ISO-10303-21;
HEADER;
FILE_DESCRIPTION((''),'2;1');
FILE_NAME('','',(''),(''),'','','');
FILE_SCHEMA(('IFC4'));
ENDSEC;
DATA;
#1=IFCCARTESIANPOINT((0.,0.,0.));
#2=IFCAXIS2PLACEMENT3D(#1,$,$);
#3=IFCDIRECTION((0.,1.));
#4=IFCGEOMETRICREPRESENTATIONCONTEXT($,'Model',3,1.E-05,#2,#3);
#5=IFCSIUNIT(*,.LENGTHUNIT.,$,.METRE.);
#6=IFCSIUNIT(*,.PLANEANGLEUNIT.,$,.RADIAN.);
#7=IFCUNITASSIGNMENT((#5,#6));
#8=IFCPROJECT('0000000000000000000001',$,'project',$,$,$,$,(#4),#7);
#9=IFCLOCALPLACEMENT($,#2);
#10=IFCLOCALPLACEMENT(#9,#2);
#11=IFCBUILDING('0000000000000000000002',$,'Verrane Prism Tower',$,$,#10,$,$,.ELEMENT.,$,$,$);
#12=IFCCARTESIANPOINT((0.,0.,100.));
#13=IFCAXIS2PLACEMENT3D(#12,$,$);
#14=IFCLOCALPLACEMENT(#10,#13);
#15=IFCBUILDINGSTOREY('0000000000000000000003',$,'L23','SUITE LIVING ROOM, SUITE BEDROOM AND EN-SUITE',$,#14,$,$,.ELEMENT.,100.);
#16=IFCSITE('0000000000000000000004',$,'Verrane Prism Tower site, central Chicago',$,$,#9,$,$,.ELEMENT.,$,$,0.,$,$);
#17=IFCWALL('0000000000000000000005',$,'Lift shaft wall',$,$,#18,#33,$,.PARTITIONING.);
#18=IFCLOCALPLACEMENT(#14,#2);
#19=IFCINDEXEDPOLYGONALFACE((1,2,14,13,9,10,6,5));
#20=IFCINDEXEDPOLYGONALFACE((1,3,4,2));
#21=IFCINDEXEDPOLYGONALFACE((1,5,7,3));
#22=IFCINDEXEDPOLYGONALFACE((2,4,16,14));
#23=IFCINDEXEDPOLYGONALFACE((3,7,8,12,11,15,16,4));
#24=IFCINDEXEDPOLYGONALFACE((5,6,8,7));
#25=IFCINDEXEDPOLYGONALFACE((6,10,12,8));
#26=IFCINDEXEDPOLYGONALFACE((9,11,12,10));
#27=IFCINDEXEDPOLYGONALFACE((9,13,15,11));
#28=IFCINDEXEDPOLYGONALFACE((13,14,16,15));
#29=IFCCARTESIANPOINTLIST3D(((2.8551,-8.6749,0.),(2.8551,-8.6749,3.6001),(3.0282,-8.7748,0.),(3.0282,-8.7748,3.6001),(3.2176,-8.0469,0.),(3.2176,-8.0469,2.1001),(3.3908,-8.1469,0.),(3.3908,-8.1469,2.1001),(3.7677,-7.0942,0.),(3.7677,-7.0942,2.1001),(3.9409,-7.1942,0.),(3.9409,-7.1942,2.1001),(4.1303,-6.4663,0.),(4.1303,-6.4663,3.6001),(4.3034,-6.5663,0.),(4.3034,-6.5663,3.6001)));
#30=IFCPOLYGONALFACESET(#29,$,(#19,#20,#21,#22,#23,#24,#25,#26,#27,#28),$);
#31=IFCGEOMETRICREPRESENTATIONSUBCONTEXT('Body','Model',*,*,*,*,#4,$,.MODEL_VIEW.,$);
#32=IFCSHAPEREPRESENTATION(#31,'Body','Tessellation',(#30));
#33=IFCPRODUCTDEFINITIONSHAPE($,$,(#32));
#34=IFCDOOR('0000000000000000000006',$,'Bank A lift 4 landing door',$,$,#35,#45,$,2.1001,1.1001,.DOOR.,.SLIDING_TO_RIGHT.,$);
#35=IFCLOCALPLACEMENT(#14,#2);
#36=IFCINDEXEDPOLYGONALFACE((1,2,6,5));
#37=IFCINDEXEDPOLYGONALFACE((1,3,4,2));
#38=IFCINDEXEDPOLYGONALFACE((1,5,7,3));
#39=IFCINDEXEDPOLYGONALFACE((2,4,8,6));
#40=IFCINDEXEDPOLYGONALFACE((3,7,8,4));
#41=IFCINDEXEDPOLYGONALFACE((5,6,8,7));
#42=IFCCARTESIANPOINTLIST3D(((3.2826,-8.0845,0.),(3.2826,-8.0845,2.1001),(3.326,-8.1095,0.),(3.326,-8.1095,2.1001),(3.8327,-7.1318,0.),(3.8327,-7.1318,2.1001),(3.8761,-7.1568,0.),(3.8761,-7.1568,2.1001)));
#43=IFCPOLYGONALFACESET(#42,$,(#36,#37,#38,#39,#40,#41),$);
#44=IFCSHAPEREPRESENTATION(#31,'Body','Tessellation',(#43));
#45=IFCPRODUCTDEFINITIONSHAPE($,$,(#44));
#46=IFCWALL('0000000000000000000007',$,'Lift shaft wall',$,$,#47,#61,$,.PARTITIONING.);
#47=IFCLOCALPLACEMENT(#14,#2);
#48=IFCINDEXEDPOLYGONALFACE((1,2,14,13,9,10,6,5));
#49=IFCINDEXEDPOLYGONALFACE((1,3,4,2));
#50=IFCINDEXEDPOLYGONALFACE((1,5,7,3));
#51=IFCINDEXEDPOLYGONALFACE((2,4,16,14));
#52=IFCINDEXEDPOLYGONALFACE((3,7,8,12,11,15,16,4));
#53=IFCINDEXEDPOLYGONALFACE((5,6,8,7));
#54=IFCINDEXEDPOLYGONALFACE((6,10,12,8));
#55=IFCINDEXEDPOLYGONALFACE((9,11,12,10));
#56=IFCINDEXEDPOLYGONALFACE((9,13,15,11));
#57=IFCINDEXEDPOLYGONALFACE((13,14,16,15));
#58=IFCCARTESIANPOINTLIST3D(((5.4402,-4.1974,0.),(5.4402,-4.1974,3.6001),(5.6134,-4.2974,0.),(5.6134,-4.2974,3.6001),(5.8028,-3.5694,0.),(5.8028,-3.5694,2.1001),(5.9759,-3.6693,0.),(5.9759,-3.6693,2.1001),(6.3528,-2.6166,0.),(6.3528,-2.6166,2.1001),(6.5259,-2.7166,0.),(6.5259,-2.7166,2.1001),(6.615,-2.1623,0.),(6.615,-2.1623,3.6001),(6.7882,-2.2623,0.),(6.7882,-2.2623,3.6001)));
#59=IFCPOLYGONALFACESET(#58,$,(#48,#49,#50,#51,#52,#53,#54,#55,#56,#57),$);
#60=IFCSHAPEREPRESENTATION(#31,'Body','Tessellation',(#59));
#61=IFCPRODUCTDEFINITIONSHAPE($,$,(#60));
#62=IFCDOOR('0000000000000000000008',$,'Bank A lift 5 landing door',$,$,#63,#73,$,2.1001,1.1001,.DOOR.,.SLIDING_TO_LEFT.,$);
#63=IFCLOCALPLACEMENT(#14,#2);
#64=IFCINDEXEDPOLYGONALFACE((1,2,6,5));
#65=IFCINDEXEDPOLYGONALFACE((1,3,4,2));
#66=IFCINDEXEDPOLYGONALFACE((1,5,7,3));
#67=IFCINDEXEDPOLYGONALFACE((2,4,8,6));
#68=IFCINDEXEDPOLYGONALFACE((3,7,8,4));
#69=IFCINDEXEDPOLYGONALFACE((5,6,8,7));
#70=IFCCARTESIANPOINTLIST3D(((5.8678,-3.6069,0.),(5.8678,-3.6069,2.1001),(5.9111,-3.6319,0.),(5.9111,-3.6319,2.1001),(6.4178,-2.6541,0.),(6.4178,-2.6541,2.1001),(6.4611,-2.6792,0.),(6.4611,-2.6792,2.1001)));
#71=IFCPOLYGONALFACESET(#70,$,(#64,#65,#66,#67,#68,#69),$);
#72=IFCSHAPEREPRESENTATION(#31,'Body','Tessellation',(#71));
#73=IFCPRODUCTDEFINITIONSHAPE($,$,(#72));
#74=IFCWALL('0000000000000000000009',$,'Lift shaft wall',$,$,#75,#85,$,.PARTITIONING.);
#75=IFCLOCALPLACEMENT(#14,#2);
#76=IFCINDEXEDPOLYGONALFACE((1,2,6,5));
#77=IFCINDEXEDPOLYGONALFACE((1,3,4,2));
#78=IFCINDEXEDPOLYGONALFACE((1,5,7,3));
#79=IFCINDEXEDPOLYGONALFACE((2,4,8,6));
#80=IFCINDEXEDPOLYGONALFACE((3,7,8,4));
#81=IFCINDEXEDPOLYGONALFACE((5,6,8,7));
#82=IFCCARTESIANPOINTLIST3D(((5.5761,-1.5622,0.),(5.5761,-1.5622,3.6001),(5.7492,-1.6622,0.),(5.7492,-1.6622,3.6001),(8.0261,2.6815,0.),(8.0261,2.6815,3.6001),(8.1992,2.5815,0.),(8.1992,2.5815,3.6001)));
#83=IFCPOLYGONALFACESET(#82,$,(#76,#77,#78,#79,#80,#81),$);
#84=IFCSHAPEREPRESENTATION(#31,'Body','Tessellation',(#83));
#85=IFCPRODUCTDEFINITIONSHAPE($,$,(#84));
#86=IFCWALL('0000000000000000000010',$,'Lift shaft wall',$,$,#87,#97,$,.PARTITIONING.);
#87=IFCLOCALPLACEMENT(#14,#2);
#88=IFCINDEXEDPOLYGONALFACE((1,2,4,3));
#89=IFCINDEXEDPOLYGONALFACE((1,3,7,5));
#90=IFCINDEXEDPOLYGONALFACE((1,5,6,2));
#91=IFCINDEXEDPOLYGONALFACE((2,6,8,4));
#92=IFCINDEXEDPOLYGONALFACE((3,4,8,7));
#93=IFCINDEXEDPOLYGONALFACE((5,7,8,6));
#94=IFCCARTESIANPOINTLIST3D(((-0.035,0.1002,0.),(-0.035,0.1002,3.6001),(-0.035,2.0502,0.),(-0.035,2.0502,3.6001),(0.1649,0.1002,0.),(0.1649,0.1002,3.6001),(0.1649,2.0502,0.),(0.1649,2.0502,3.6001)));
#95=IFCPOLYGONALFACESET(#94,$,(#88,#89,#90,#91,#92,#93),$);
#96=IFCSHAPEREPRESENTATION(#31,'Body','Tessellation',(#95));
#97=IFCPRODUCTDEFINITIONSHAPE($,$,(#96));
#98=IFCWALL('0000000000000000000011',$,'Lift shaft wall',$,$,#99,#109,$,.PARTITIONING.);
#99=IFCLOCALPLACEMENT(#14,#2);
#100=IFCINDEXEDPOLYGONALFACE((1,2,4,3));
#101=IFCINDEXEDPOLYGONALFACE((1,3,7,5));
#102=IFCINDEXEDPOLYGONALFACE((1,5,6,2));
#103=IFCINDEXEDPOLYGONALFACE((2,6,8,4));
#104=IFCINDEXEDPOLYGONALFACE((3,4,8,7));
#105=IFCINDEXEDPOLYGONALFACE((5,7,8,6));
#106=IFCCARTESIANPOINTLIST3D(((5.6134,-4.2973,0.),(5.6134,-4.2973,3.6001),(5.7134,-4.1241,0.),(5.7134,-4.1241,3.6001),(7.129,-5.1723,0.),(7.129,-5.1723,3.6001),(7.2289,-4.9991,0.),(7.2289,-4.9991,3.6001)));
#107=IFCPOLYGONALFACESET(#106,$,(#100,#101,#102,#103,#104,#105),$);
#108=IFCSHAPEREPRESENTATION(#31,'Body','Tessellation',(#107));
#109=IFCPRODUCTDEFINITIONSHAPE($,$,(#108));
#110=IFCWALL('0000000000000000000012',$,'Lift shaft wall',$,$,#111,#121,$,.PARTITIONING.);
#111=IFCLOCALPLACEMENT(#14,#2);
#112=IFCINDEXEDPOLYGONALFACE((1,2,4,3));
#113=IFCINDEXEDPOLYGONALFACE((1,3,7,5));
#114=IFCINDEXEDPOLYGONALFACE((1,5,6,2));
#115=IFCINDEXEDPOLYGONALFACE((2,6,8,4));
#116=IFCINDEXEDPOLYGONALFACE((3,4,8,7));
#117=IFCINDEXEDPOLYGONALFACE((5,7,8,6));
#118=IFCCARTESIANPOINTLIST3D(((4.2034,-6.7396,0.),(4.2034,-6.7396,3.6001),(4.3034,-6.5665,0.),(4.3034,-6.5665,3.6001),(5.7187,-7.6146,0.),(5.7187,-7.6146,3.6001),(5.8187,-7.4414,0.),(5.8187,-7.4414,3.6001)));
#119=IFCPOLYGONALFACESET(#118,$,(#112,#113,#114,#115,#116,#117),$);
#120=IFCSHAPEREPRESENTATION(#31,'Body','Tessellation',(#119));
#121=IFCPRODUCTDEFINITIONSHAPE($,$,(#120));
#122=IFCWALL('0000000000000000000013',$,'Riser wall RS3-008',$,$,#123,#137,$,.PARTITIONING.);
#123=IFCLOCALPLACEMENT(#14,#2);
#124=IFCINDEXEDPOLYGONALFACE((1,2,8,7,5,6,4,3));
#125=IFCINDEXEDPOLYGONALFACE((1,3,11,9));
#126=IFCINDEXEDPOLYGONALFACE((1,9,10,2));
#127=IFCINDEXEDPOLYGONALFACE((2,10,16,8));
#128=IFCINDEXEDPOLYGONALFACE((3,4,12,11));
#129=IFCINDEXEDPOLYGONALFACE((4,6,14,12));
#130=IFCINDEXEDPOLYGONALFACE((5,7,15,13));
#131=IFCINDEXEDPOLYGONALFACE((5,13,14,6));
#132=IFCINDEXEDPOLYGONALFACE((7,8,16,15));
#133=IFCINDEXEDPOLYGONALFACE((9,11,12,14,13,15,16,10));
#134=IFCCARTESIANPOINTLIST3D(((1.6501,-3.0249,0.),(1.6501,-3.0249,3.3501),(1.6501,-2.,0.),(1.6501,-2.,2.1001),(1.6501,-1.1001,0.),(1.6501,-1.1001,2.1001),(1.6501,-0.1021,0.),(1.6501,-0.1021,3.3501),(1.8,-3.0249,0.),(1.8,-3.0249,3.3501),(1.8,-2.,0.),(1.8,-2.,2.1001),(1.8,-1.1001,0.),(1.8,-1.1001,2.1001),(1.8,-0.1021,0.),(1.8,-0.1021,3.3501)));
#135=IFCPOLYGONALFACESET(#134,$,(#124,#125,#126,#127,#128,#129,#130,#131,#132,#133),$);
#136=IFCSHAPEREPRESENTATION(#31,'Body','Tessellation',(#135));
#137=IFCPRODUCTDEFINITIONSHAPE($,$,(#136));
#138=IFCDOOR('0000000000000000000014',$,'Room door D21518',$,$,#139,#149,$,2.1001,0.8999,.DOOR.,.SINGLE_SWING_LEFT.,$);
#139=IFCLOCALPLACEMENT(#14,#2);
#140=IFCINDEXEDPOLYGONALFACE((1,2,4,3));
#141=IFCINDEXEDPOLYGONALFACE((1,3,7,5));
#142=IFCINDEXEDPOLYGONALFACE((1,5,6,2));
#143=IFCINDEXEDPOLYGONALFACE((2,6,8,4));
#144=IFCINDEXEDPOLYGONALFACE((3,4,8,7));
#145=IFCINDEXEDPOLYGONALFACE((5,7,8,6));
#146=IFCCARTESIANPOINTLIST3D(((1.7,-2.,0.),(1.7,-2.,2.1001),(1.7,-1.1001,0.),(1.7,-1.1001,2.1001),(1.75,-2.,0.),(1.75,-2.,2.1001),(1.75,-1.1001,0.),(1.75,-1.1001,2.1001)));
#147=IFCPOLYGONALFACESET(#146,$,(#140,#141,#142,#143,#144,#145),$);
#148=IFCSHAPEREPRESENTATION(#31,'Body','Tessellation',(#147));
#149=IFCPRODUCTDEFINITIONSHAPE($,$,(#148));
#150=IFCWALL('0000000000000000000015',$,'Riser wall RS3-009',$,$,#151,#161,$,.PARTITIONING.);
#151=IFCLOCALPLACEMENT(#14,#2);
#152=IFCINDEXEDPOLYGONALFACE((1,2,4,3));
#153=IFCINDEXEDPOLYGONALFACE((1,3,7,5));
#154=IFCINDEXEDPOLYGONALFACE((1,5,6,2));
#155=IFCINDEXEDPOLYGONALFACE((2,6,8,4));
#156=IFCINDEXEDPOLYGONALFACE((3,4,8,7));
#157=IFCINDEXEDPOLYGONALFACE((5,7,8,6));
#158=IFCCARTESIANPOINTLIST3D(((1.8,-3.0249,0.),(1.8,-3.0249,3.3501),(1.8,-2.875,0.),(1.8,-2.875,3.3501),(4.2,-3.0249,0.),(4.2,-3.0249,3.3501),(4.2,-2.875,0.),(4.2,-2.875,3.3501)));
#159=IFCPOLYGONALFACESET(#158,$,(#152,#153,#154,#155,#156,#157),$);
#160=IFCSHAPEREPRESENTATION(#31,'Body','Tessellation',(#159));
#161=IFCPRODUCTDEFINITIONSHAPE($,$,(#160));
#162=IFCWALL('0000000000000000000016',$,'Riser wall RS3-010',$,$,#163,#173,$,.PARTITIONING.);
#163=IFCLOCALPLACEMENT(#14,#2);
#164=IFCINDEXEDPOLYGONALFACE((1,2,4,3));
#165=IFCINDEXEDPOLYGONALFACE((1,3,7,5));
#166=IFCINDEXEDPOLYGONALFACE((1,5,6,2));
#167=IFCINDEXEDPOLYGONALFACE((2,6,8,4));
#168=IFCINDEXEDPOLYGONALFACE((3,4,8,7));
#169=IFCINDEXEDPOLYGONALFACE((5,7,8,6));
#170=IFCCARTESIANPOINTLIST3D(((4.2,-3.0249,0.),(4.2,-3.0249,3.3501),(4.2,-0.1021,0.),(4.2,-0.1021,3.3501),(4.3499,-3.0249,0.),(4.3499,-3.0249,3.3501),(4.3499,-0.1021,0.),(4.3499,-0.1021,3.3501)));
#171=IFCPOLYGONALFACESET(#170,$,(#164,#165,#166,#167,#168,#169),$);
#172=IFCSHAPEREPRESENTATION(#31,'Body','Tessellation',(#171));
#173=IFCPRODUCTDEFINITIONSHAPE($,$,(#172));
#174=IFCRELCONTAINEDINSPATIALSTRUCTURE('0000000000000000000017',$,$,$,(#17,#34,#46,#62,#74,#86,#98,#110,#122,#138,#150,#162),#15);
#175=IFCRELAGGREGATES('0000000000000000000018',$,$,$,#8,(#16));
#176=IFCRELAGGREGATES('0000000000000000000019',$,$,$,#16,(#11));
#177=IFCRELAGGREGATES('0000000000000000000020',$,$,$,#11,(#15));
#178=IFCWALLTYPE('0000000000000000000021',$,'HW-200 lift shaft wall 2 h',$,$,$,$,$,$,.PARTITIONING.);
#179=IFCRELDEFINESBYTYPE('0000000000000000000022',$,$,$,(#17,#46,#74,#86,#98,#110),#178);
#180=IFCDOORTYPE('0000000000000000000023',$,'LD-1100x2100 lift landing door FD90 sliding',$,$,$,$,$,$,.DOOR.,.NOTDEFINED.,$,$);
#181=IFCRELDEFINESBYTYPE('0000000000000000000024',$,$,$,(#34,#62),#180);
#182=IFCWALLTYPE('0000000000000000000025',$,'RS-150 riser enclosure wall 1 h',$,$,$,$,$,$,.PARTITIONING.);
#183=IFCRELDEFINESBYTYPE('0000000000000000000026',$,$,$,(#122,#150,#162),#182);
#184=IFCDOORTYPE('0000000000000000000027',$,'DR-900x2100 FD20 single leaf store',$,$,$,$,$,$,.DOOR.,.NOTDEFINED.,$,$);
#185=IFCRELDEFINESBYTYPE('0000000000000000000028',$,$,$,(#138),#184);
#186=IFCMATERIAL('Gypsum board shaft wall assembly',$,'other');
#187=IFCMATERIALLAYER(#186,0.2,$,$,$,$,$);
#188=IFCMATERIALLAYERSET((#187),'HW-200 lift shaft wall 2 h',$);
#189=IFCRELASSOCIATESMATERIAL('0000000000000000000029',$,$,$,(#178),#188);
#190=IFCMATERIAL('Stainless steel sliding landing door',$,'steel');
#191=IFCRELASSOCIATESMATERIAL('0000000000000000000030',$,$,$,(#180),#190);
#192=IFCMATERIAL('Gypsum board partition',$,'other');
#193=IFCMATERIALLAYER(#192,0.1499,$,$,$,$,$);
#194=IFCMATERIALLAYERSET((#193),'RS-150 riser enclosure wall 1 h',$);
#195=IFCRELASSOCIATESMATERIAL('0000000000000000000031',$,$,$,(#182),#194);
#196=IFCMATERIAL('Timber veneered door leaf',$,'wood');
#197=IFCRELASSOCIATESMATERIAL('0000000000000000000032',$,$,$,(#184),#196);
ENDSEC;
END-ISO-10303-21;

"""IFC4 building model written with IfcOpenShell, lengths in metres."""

from ifc_helpers import new_model, si_unit, direction, frame, frame_2d, origin, place, context, subcontext, project, spatial, rectangle, extrude, material, layer, layer_set, type_object, element, fill, save


model = new_model("IFC4")

# Units and contexts
model_context = context("Model", 3, precision=1e-05, world=origin(), true_north=direction((0.0, 1.0)))
body_context = subcontext(model_context, "Body", "Model", "MODEL_VIEW")
ifc_project = project(units=[si_unit("LENGTHUNIT", "METRE"), si_unit("PLANEANGLEUNIT", "RADIAN")], contexts=[model_context])

# Site, building, storey
site_placement = place(None, origin())
site = spatial("IfcSite", under=ifc_project, at=site_placement, Name="Verrane Prism Tower site, central Chicago", CompositionType="ELEMENT", RefElevation=0.0)
building_placement = place(site_placement, origin())
building = spatial("IfcBuilding", under=site, at=building_placement, Name="Verrane Prism Tower", CompositionType="ELEMENT")
storey_placement = place(building_placement, frame((0.0, 0.0, 100.0)))
storey = spatial("IfcBuildingStorey", under=building, at=storey_placement, Name="L23", Description="SUITE LIVING ROOM, SUITE BEDROOM AND EN-SUITE", CompositionType="ELEMENT", Elevation=100.0)

# Shared definitions
ifc_material_1 = material(Name="Gypsum board shaft wall assembly", Category="other")
ifc_layer_1 = layer(ifc_material_1, 0.2)
ifc_layer_set_1 = layer_set([ifc_layer_1], Name="HW-200 lift shaft wall 2 h")
wall_type_1 = type_object("IfcWallType", Name="HW-200 lift shaft wall 2 h", PredefinedType="PARTITIONING", material=ifc_layer_set_1)

# Walls, openings, doors
wall_1_placement = place(storey_placement, frame((2.9417, -8.7249, 0.0), z_axis=(0.0, 0.0, 1.0), x_axis=(0.500021, 0.866013, 0.0)))
wall_1 = element("IfcWall", 1, at=wall_1_placement, inside=storey, type_object=wall_type_1, Name="Lift shaft wall", PredefinedType="PARTITIONING", context=body_context, shape_type="SweptSolid", body=[
    extrude(rectangle(XDim=2.5503, YDim=0.2, at=frame_2d((1.2751, 0.0))), origin(), (0.0, 0.0, 1.0), 3.6001),
])
opening_1_placement = place(wall_1_placement, frame((0.7251, 0.0, 0.0)))
opening_1 = element("IfcOpeningElement", 2, at=opening_1_placement, cuts=wall_1, PredefinedType="OPENING", context=body_context, shape_type="SweptSolid", body=[
    extrude(rectangle(XDim=1.1001, YDim=2.1001, at=frame_2d((0.55, 1.05))), frame((0.0, 0.1099, 0.0), z_axis=(0.0, -1.0, 0.0), x_axis=(1.0, 0.0, 0.0)), (0.0, 0.0, 1.0), 0.22),
])
ifc_material_2 = material(Name="Stainless steel sliding landing door", Category="steel")
door_type_1 = type_object("IfcDoorType", Name="LD-1100x2100 lift landing door FD90 sliding", OperationType="NOTDEFINED", PredefinedType="DOOR", material=ifc_material_2)
door_1_placement = place(opening_1_placement, origin())
door_1 = element("IfcDoor", 3, at=door_1_placement, inside=storey, type_object=door_type_1, Name="Bank A lift 4 landing door", OperationType="SLIDING_TO_RIGHT", OverallHeight=2.1001, OverallWidth=1.1001, PredefinedType="DOOR", context=body_context, shape_type="SweptSolid", body=[
    extrude(rectangle(XDim=1.1001, YDim=2.1001, at=frame_2d((0.55, 1.05))), frame((0.0, 0.0249, 0.0), z_axis=(0.0, -1.0, 0.0), x_axis=(1.0, 0.0, 0.0)), (0.0, 0.0, 1.0), 0.05),
])
fill(opening_1, door_1)
wall_2_placement = place(storey_placement, frame((5.5269, -4.2473, 0.0), z_axis=(0.0, 0.0, 1.0), x_axis=(0.499938, 0.866061, 0.0)))
wall_2 = element("IfcWall", 4, at=wall_2_placement, inside=storey, type_object=wall_type_1, Name="Lift shaft wall", PredefinedType="PARTITIONING", context=body_context, shape_type="SweptSolid", body=[
    extrude(rectangle(XDim=2.3499, YDim=0.2, at=frame_2d((1.1748, 0.0))), origin(), (0.0, 0.0, 1.0), 3.6001),
])
opening_2_placement = place(wall_2_placement, frame((0.7251, 0.0, 0.0)))
opening_2 = element("IfcOpeningElement", 5, at=opening_2_placement, cuts=wall_2, PredefinedType="OPENING", context=body_context, shape_type="SweptSolid", body=[
    extrude(rectangle(XDim=1.1001, YDim=2.1001, at=frame_2d((0.55, 1.05))), frame((0.0, 0.1099, 0.0), z_axis=(0.0, -1.0, 0.0), x_axis=(1.0, 0.0, 0.0)), (0.0, 0.0, 1.0), 0.22),
])
door_2_placement = place(opening_2_placement, origin())
door_2 = element("IfcDoor", 6, at=door_2_placement, inside=storey, type_object=door_type_1, Name="Bank A lift 5 landing door", OperationType="SLIDING_TO_LEFT", OverallHeight=2.1001, OverallWidth=1.1001, PredefinedType="DOOR", context=body_context, shape_type="SweptSolid", body=[
    extrude(rectangle(XDim=1.1001, YDim=2.1001, at=frame_2d((0.55, 1.05))), frame((0.0, 0.0249, 0.0), z_axis=(0.0, -1.0, 0.0), x_axis=(1.0, 0.0, 0.0)), (0.0, 0.0, 1.0), 0.05),
])
fill(opening_2, door_2)

# Walls
wall_3_placement = place(storey_placement, frame((5.6626, -1.6123, 0.0), z_axis=(0.0, 0.0, 1.0), x_axis=(0.499981, 0.866036, 0.0)))
element("IfcWall", 7, at=wall_3_placement, inside=storey, type_object=wall_type_1, Name="Lift shaft wall", PredefinedType="PARTITIONING", context=body_context, shape_type="SweptSolid", body=[
    extrude(rectangle(XDim=4.9001, YDim=0.2, at=frame_2d((2.4502, 0.0))), origin(), (0.0, 0.0, 1.0), 3.6001),
])
wall_4_placement = place(storey_placement, frame((0.0649, 0.1001, 0.0), z_axis=(0.0, 0.0, 1.0), x_axis=(0.0, 1.0, 0.0)))
element("IfcWall", 8, at=wall_4_placement, inside=storey, type_object=wall_type_1, Name="Lift shaft wall", PredefinedType="PARTITIONING", context=body_context, shape_type="SweptSolid", body=[
    extrude(rectangle(XDim=1.95, YDim=0.2, at=frame_2d((0.9751, 0.0))), origin(), (0.0, 0.0, 1.0), 3.6001),
])
wall_5_placement = place(storey_placement, frame((7.179, -5.0857, 0.0), z_axis=(0.0, 0.0, 1.0), x_axis=(-0.866037, 0.49998, 0.0)))
element("IfcWall", 9, at=wall_5_placement, inside=storey, type_object=wall_type_1, Name="Lift shaft wall", PredefinedType="PARTITIONING", context=body_context, shape_type="SweptSolid", body=[
    extrude(rectangle(XDim=1.75, YDim=0.2, at=frame_2d((0.875, 0.0))), origin(), (0.0, 0.0, 1.0), 3.6001),
])
wall_6_placement = place(storey_placement, frame((5.7688, -7.5281, 0.0), z_axis=(0.0, 0.0, 1.0), x_axis=(-0.866002, 0.50004, 0.0)))
element("IfcWall", 10, at=wall_6_placement, inside=storey, type_object=wall_type_1, Name="Lift shaft wall", PredefinedType="PARTITIONING", context=body_context, shape_type="SweptSolid", body=[
    extrude(rectangle(XDim=1.7498, YDim=0.2, at=frame_2d((0.875, 0.0))), origin(), (0.0, 0.0, 1.0), 3.6001),
])

# Wall, opening, door
ifc_material_3 = material(Name="Gypsum board partition", Category="other")
ifc_layer_2 = layer(ifc_material_3, 0.1499)
ifc_layer_set_2 = layer_set([ifc_layer_2], Name="RS-150 riser enclosure wall 1 h")
wall_type_2 = type_object("IfcWallType", Name="RS-150 riser enclosure wall 1 h", PredefinedType="PARTITIONING", material=ifc_layer_set_2)
wall_7_placement = place(storey_placement, frame((1.7251, -0.1021, 0.0), z_axis=(0.0, 0.0, 1.0), x_axis=(0.0, -1.0, 0.0)))
wall_7 = element("IfcWall", 11, at=wall_7_placement, inside=storey, type_object=wall_type_2, Name="Riser wall RS3-008", PredefinedType="PARTITIONING", context=body_context, shape_type="SweptSolid", body=[
    extrude(rectangle(XDim=2.9229, YDim=0.1499, at=frame_2d((1.4614, 0.0))), origin(), (0.0, 0.0, 1.0), 3.3501),
])
opening_3_placement = place(wall_7_placement, frame((0.998, 0.0, 0.0)))
opening_3 = element("IfcOpeningElement", 12, at=opening_3_placement, cuts=wall_7, PredefinedType="OPENING", context=body_context, shape_type="SweptSolid", body=[
    extrude(rectangle(XDim=0.8999, YDim=2.1001, at=frame_2d((0.45, 1.05))), frame((0.0, 0.085, 0.0), z_axis=(0.0, -1.0, 0.0), x_axis=(1.0, 0.0, 0.0)), (0.0, 0.0, 1.0), 0.1699),
])
ifc_material_4 = material(Name="Timber veneered door leaf", Category="wood")
door_type_2 = type_object("IfcDoorType", Name="DR-900x2100 FD20 single leaf store", OperationType="NOTDEFINED", PredefinedType="DOOR", material=ifc_material_4)
door_3_placement = place(opening_3_placement, origin())
door_3 = element("IfcDoor", 13, at=door_3_placement, inside=storey, type_object=door_type_2, Name="Room door D21518", OperationType="SINGLE_SWING_LEFT", OverallHeight=2.1001, OverallWidth=0.8999, PredefinedType="DOOR", context=body_context, shape_type="SweptSolid", body=[
    extrude(rectangle(XDim=0.8999, YDim=2.1001, at=frame_2d((0.45, 1.05))), frame((0.0, 0.0249, 0.0), z_axis=(0.0, -1.0, 0.0), x_axis=(1.0, 0.0, 0.0)), (0.0, 0.0, 1.0), 0.05),
])
fill(opening_3, door_3)

# Walls
wall_8_placement = place(storey_placement, frame((1.8, -2.95, 0.0), z_axis=(0.0, 0.0, 1.0), x_axis=(1.0, 0.0, 0.0)))
element("IfcWall", 14, at=wall_8_placement, inside=storey, type_object=wall_type_2, Name="Riser wall RS3-009", PredefinedType="PARTITIONING", context=body_context, shape_type="SweptSolid", body=[
    extrude(rectangle(XDim=2.3999, YDim=0.1499, at=frame_2d((1.2, 0.0))), origin(), (0.0, 0.0, 1.0), 3.3501),
])
wall_9_placement = place(storey_placement, frame((4.2749, -3.0249, 0.0), z_axis=(0.0, 0.0, 1.0), x_axis=(0.0, 1.0, 0.0)))
element("IfcWall", 15, at=wall_9_placement, inside=storey, type_object=wall_type_2, Name="Riser wall RS3-010", PredefinedType="PARTITIONING", context=body_context, shape_type="SweptSolid", body=[
    extrude(rectangle(XDim=2.9229, YDim=0.1499, at=frame_2d((1.4614, 0.0))), origin(), (0.0, 0.0, 1.0), 3.3501),
])

save(model, "model.ifc")
